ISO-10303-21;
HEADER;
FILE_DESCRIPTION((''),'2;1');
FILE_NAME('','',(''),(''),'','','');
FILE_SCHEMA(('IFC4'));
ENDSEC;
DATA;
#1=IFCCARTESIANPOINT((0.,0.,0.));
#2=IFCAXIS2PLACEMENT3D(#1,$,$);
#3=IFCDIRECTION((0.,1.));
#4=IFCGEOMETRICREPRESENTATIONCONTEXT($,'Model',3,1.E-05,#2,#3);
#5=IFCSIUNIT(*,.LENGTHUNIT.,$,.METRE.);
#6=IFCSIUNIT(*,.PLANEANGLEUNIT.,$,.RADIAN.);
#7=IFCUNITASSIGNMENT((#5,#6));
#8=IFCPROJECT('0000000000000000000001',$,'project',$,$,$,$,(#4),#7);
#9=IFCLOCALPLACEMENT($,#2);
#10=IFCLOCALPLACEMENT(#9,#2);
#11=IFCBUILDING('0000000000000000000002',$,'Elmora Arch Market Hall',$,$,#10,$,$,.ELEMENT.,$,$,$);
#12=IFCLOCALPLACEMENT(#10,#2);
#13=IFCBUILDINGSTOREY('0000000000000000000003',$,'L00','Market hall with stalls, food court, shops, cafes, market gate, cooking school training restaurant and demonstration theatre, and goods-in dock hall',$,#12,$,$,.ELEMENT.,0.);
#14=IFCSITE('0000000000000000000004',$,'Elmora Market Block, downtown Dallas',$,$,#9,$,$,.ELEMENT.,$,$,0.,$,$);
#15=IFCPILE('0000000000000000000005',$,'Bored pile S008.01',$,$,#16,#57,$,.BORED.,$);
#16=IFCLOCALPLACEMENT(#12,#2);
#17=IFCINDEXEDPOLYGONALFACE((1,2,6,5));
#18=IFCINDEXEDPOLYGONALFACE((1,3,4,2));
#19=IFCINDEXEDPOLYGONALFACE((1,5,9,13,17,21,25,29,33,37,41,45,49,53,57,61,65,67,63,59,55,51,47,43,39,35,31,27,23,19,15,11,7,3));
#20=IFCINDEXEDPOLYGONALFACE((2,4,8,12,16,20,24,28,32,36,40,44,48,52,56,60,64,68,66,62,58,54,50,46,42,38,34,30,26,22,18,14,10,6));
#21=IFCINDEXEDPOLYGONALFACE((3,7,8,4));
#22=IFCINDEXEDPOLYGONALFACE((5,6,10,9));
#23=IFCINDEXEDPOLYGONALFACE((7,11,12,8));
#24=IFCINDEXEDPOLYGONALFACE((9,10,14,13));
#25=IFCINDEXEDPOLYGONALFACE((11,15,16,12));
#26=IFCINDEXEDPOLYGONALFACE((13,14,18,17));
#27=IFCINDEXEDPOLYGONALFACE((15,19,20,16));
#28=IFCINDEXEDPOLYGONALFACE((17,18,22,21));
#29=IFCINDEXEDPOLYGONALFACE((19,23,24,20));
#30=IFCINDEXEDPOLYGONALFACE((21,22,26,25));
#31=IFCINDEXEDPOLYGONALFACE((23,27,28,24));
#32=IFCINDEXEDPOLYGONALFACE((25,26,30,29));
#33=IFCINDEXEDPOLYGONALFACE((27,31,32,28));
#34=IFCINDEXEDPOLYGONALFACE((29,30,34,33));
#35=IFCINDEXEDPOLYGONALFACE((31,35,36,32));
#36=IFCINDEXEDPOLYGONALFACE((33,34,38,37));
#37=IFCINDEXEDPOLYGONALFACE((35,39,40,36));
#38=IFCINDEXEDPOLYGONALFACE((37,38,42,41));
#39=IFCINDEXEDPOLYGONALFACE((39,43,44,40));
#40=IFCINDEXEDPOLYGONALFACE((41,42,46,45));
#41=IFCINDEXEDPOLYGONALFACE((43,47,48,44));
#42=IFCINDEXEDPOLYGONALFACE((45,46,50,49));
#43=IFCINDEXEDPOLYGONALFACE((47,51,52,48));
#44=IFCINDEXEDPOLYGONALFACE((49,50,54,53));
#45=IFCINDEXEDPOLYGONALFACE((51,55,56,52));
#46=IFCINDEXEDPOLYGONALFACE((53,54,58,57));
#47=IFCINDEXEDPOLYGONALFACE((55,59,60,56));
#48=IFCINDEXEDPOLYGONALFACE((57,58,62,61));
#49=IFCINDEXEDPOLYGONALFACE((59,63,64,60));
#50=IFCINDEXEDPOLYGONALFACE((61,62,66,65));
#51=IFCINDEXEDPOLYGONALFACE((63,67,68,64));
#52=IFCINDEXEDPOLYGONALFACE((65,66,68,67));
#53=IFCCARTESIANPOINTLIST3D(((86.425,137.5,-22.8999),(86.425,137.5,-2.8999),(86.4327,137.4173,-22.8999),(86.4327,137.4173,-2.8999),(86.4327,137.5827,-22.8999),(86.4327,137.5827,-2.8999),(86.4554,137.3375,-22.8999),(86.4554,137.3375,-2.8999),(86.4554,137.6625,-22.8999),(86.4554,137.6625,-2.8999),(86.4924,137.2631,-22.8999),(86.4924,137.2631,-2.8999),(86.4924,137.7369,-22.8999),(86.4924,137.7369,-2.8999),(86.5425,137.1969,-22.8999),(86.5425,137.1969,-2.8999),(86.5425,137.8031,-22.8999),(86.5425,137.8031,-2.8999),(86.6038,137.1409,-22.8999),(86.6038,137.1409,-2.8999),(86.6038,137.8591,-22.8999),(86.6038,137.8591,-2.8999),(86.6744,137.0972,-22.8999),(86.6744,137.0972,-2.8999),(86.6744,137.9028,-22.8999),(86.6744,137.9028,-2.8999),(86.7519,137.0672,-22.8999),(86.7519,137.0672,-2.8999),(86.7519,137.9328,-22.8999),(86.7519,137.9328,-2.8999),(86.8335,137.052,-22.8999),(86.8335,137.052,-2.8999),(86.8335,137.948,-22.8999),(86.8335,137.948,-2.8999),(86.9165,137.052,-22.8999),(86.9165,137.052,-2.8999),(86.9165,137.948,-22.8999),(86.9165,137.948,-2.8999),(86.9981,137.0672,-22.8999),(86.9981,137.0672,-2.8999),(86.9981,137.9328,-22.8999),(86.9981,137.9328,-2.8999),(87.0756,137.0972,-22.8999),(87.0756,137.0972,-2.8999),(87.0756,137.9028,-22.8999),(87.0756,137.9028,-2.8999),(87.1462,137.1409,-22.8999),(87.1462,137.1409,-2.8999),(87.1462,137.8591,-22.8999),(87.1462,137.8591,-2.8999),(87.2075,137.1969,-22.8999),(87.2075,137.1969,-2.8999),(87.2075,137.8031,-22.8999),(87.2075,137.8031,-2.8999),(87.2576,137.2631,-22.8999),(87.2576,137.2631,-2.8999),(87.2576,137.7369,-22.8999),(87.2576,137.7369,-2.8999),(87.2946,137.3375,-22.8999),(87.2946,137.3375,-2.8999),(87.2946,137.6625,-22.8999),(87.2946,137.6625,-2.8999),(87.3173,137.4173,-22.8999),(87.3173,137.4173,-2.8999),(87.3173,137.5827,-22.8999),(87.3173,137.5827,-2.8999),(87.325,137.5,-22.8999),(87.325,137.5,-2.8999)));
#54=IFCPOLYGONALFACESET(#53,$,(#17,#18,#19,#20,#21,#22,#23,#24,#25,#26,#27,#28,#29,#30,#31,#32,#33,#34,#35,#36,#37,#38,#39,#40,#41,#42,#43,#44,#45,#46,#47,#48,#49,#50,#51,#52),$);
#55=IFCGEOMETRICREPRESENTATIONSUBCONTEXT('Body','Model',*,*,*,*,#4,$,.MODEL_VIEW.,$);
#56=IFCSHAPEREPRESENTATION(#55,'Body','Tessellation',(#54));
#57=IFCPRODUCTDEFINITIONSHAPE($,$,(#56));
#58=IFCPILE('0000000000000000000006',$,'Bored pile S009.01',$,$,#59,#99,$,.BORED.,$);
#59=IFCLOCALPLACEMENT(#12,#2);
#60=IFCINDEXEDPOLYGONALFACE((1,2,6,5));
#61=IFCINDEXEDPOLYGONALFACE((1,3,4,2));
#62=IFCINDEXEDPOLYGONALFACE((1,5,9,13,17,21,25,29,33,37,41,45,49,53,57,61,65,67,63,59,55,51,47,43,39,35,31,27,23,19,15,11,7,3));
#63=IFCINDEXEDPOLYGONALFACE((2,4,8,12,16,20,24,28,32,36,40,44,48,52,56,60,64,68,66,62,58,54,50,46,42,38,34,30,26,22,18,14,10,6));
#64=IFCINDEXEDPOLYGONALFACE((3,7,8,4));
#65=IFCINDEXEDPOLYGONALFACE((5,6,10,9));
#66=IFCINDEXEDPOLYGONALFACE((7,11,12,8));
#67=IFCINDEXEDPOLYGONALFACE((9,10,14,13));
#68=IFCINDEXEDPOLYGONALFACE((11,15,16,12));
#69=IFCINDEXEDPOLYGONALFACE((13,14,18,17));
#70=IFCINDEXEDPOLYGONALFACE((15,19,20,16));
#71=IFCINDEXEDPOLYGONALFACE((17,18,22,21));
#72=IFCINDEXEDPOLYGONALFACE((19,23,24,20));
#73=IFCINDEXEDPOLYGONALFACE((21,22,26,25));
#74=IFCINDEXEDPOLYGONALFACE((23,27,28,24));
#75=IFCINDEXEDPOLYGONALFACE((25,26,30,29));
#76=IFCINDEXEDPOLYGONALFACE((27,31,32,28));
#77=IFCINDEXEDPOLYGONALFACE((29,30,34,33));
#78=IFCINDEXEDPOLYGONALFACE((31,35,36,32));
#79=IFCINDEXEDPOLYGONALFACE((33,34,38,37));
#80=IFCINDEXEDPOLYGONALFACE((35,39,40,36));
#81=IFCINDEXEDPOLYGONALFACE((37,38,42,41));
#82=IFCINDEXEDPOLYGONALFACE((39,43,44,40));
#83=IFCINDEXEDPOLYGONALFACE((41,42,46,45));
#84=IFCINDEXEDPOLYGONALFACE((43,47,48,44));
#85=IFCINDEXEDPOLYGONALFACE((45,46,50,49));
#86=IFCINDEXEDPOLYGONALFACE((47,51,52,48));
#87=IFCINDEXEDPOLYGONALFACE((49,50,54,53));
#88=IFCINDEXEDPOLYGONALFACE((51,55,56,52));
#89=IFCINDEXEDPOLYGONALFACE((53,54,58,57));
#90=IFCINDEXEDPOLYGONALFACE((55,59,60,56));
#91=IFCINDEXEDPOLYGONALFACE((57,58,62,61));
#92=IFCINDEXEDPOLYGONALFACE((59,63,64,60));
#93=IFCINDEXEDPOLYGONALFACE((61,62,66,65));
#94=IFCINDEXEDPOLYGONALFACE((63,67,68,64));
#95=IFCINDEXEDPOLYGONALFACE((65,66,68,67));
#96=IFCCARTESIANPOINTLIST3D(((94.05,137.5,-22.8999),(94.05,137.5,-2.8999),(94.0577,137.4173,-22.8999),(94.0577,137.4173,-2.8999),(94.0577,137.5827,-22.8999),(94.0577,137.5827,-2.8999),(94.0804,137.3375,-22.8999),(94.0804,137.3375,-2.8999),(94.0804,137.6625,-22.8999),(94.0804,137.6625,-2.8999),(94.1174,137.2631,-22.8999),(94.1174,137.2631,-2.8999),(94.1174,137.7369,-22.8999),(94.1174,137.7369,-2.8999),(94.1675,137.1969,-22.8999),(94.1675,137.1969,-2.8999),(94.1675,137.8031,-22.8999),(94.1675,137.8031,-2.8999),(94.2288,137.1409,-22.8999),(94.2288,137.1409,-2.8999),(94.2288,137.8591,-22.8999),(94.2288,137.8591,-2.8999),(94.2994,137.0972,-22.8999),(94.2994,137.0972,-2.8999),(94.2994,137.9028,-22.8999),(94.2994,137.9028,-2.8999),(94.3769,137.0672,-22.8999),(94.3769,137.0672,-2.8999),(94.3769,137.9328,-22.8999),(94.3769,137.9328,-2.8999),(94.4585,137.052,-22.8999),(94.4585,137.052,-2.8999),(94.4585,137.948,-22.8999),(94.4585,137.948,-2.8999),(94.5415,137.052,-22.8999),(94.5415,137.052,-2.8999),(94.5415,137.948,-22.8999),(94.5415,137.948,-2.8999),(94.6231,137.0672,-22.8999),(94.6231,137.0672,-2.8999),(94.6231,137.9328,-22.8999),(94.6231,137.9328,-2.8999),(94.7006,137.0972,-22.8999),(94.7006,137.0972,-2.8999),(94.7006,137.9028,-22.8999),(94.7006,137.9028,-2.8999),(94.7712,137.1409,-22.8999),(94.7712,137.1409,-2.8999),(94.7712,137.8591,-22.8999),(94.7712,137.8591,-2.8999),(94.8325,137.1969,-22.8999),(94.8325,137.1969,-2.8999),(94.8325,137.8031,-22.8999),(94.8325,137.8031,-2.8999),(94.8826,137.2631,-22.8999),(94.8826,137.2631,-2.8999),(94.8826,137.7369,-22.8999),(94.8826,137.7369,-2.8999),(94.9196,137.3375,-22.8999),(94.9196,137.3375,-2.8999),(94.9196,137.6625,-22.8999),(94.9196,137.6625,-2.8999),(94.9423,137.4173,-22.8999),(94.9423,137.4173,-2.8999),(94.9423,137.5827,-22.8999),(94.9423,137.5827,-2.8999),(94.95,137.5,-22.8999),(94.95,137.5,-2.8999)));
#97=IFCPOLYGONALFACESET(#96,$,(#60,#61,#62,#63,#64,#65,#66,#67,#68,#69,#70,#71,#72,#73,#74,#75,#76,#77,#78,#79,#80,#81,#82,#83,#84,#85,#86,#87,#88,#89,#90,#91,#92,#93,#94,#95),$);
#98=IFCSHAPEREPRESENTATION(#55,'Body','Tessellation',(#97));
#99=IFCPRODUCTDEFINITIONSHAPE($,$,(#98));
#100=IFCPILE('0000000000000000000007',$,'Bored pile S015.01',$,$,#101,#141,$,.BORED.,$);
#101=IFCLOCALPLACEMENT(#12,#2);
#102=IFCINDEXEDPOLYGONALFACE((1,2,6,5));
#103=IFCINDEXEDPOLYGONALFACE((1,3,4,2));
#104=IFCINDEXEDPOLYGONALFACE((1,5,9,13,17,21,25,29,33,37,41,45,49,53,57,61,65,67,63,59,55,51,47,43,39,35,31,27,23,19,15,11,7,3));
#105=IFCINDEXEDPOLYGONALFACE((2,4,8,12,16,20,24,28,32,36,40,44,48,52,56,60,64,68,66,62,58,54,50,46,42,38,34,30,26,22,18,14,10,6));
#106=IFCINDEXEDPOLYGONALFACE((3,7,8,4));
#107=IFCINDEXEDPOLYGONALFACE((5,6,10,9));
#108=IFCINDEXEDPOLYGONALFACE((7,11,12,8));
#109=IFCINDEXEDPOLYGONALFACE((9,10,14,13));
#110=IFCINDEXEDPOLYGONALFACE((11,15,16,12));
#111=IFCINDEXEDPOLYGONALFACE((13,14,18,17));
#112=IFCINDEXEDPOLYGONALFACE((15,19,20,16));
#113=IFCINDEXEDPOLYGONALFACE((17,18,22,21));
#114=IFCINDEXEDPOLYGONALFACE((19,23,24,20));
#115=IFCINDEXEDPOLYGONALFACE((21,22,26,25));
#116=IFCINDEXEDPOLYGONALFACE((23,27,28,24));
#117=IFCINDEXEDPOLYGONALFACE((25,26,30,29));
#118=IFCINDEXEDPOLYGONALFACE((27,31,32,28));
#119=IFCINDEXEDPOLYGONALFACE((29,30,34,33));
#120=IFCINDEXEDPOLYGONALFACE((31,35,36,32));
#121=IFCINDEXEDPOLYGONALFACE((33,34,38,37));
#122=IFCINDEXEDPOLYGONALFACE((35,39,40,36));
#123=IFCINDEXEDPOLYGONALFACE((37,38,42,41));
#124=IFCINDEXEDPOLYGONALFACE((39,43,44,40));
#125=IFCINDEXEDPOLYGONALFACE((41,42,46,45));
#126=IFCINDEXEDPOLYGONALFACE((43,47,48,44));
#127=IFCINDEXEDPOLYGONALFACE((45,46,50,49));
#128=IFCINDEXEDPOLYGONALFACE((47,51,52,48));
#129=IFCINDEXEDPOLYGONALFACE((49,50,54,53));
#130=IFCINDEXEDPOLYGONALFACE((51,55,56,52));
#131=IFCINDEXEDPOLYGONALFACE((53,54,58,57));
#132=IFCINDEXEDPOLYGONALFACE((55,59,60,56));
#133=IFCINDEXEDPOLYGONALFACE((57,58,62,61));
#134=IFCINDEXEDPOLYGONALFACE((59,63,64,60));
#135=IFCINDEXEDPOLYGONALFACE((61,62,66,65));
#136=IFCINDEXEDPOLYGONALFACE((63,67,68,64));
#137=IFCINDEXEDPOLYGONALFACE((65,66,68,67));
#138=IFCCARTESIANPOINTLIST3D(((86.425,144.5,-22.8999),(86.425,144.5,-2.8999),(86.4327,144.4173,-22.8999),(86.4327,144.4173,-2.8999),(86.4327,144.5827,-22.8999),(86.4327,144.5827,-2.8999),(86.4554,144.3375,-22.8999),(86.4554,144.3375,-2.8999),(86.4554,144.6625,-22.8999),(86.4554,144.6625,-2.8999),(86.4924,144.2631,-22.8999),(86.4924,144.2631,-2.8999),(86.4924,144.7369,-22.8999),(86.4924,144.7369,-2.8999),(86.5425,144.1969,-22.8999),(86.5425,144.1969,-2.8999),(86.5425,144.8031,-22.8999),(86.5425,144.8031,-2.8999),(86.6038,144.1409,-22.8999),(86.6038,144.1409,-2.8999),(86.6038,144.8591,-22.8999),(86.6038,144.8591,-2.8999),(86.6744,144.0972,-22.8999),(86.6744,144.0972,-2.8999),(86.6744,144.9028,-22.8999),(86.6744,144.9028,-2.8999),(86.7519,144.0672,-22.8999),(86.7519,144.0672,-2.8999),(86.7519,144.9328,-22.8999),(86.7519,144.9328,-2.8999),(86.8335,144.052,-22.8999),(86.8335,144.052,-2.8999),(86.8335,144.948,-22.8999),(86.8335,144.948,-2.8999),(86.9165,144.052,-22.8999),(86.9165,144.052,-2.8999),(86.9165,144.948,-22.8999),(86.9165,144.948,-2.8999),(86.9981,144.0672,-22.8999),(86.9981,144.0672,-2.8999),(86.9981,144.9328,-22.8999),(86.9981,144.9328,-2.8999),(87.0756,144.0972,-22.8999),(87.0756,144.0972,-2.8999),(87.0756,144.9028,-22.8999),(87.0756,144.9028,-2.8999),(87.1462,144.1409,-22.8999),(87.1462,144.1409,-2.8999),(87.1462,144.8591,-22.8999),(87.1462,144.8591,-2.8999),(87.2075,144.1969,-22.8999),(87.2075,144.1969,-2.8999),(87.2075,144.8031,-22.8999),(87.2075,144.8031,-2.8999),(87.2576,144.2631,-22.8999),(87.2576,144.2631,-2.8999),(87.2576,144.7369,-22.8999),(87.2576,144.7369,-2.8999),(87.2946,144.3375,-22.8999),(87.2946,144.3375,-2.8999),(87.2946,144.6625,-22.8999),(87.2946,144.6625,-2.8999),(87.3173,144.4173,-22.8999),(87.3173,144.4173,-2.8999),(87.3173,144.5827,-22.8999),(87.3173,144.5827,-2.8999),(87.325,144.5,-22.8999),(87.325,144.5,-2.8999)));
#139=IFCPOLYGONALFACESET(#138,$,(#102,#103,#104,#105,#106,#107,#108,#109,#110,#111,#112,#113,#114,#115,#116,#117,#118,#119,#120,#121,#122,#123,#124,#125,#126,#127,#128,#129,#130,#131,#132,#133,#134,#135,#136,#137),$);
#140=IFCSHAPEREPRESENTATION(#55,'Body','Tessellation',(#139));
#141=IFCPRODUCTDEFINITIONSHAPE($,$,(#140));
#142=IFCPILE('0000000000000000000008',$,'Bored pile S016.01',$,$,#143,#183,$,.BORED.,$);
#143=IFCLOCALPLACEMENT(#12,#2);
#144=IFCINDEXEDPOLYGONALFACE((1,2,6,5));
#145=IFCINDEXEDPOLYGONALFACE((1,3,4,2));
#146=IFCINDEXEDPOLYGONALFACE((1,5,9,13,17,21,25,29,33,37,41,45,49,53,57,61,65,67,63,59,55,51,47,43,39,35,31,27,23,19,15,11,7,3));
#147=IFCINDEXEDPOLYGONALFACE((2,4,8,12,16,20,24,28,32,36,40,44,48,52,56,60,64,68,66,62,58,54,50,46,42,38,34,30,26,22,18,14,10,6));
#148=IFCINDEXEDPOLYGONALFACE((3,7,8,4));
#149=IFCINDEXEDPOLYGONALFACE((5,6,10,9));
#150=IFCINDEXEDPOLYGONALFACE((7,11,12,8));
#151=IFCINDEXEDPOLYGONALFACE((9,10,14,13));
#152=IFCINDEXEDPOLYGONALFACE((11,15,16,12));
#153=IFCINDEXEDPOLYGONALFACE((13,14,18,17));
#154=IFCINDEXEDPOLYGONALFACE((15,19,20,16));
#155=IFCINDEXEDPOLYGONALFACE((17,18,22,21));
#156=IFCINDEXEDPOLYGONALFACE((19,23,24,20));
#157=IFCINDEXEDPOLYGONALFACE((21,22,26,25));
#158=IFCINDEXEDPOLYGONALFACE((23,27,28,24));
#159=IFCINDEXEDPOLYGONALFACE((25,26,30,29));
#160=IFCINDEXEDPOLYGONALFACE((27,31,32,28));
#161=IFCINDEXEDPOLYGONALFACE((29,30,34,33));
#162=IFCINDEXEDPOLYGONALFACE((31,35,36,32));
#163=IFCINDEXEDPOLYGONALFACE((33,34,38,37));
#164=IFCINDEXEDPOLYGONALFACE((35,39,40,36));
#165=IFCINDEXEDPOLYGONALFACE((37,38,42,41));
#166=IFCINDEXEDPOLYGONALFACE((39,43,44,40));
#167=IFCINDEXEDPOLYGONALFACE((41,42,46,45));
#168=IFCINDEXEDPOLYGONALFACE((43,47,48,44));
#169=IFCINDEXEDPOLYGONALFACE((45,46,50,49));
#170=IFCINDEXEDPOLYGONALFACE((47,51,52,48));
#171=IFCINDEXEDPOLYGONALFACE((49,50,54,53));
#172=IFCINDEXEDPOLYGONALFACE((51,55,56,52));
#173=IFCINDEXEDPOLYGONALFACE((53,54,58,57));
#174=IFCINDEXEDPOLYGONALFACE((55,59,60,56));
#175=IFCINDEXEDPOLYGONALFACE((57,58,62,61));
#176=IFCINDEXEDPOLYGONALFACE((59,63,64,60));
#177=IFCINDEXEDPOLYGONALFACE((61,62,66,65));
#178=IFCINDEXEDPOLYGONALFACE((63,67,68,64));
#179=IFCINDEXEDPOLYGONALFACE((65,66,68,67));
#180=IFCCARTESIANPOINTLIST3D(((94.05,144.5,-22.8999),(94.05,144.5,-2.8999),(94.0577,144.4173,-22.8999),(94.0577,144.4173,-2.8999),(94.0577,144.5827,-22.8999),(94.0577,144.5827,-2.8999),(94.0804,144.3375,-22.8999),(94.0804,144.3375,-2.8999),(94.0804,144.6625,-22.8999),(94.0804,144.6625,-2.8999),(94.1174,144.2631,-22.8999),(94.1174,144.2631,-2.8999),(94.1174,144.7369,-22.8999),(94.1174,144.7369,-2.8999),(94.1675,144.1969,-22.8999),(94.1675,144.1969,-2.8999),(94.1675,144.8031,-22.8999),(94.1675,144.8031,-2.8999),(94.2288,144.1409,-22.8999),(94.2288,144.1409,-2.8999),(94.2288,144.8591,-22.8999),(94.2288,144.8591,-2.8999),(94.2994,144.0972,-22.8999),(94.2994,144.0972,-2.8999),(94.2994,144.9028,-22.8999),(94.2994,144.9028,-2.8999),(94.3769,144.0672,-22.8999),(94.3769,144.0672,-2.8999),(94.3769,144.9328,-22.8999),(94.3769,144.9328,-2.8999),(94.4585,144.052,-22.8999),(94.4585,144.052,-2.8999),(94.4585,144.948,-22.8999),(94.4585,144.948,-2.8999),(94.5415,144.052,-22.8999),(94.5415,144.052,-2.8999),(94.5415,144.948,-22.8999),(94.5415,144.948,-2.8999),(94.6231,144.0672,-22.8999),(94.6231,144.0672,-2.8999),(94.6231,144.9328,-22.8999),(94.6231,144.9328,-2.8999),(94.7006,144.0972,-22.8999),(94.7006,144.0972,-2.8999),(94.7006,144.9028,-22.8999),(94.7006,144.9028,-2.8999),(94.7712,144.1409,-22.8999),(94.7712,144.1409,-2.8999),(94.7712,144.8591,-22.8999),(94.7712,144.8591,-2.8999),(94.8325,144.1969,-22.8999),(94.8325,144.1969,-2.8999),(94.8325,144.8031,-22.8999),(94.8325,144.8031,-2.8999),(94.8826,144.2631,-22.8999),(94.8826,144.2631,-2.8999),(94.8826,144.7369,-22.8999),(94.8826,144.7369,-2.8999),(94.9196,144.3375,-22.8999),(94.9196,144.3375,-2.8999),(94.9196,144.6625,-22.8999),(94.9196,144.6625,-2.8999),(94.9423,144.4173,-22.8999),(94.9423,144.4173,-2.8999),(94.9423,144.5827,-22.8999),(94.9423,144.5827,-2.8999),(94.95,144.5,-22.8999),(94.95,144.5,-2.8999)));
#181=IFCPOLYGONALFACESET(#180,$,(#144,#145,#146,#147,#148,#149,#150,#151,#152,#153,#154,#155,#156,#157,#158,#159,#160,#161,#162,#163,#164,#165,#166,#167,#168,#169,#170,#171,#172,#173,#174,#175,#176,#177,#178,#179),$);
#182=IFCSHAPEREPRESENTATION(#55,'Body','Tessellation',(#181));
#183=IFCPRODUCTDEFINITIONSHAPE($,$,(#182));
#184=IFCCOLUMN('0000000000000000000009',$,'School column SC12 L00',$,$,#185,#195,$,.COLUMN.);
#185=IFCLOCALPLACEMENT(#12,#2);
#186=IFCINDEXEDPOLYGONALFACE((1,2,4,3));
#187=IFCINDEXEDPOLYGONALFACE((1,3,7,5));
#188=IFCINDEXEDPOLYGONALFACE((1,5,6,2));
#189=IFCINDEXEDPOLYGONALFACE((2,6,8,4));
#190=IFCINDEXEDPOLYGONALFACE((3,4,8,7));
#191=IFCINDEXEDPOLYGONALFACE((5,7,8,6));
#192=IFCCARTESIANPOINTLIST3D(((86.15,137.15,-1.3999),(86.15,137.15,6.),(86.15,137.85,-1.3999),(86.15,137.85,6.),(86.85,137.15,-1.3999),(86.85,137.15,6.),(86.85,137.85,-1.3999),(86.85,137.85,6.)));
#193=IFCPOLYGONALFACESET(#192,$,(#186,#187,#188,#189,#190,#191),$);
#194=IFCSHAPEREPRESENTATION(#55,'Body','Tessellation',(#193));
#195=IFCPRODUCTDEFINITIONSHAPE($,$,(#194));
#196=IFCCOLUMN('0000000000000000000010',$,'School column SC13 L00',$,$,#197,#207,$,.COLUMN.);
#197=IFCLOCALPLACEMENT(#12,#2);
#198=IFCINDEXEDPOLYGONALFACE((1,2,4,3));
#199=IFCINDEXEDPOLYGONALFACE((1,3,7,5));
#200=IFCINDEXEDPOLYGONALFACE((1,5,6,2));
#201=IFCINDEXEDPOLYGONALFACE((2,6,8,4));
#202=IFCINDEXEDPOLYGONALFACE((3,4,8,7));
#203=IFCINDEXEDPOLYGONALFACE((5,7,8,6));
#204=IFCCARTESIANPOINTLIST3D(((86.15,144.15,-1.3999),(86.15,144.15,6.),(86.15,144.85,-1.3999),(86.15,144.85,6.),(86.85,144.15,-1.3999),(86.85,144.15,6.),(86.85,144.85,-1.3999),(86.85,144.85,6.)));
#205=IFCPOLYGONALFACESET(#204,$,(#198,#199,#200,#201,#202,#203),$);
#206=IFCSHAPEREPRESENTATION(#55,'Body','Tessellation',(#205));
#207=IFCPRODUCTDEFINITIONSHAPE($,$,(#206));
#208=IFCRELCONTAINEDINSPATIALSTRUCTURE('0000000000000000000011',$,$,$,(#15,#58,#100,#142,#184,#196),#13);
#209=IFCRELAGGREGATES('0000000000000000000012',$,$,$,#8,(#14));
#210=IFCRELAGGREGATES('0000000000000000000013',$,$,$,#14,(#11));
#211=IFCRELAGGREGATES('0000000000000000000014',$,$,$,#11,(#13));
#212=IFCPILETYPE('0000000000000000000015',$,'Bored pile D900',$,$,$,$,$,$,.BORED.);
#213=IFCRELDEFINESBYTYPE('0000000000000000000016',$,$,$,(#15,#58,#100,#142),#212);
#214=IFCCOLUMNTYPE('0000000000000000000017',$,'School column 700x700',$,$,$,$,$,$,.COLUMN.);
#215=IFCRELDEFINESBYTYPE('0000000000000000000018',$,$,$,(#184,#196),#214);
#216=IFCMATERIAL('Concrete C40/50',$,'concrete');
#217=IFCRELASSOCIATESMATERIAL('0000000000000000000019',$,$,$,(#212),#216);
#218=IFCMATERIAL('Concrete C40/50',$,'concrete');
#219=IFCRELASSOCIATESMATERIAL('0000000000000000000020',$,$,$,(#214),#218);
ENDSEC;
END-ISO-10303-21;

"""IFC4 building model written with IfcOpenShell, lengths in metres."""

from ifc_helpers import new_model, si_unit, direction, frame, origin, origin_2d, place, context, subcontext, project, spatial, rectangle, circle, extrude, material, material_profile, profile_set, type_object, element, save


model = new_model("IFC4")

# Units and contexts
model_context = context("Model", 3, precision=1e-05, world=origin(), true_north=direction((0.0, 1.0)))
body_context = subcontext(model_context, "Body", "Model", "MODEL_VIEW")
ifc_project = project(units=[si_unit("LENGTHUNIT", "METRE"), si_unit("PLANEANGLEUNIT", "RADIAN")], contexts=[model_context])

# Site, building, storey
site_placement = place(None, origin())
site = spatial("IfcSite", under=ifc_project, at=site_placement, Name="Elmora Market Block, downtown Dallas", CompositionType="ELEMENT", RefElevation=0.0)
building_placement = place(site_placement, origin())
building = spatial("IfcBuilding", under=site, at=building_placement, Name="Elmora Arch Market Hall", CompositionType="ELEMENT")
storey_placement = place(building_placement, origin())
storey = spatial("IfcBuildingStorey", under=building, at=storey_placement, Name="L00", Description="Market hall with stalls, food court, shops, cafes, market gate, cooking school training restaurant and demonstration theatre, and goods-in dock hall", CompositionType="ELEMENT", Elevation=0.0)

# Piles
ifc_material_1 = material(Name="Concrete C40/50", Category="concrete")
ifc_material_profile_1 = material_profile(ifc_material_1, circle(Radius=0.45, at=origin_2d()), Name="Bored pile D900")
ifc_profile_set_1 = profile_set([ifc_material_profile_1], Name="Concrete C40/50")
pile_type = type_object("IfcPileType", Name="Bored pile D900", PredefinedType="BORED", material=ifc_profile_set_1)
for number, where, z_axis, x_axis, name in (
    (1, (86.875, 137.5, -2.8999), (0.0, 0.0, -1.0), (1.0, 0.0, 0.0), "Bored pile S008.01"),
    (2, (94.5, 137.5, -2.8999), (0.0, 0.0, -1.0), (1.0, 0.0, 0.0), "Bored pile S009.01"),
    (3, (86.875, 144.5, -2.8999), (0.0, 0.0, -1.0), (1.0, 0.0, 0.0), "Bored pile S015.01"),
    (4, (94.5, 144.5, -2.8999), (0.0, 0.0, -1.0), (1.0, 0.0, 0.0), "Bored pile S016.01"),
):
    element("IfcPile", number, at=place(storey_placement, frame(where, z_axis=z_axis, x_axis=x_axis)), inside=storey, type_object=pile_type, Name=name, PredefinedType="BORED", context=body_context, shape_type="SweptSolid", body=[
        extrude(circle(Radius=0.45, at=origin_2d()), origin(), (0.0, 0.0, 1.0), 20.0),
    ])

# Columns
ifc_material_2 = material(Name="Concrete C40/50", Category="concrete")
ifc_material_profile_2 = material_profile(ifc_material_2, rectangle(XDim=0.7, YDim=0.7, at=origin_2d()), Name="School column 700x700")
ifc_profile_set_2 = profile_set([ifc_material_profile_2], Name="Concrete C40/50")
column_type = type_object("IfcColumnType", Name="School column 700x700", PredefinedType="COLUMN", material=ifc_profile_set_2)
for number, where, z_axis, x_axis, name in (
    (5, (86.5, 137.5, -1.3999), (0.0, 0.0, 1.0), (1.0, 0.0, 0.0), "School column SC12 L00"),
    (6, (86.5, 144.5, -1.3999), (0.0, 0.0, 1.0), (1.0, 0.0, 0.0), "School column SC13 L00"),
):
    element("IfcColumn", number, at=place(storey_placement, frame(where, z_axis=z_axis, x_axis=x_axis)), inside=storey, type_object=column_type, Name=name, PredefinedType="COLUMN", context=body_context, shape_type="SweptSolid", body=[
        extrude(rectangle(XDim=0.7, YDim=0.7, at=origin_2d()), origin(), (0.0, 0.0, 1.0), 7.3999),
    ])

save(model, "model.ifc")
